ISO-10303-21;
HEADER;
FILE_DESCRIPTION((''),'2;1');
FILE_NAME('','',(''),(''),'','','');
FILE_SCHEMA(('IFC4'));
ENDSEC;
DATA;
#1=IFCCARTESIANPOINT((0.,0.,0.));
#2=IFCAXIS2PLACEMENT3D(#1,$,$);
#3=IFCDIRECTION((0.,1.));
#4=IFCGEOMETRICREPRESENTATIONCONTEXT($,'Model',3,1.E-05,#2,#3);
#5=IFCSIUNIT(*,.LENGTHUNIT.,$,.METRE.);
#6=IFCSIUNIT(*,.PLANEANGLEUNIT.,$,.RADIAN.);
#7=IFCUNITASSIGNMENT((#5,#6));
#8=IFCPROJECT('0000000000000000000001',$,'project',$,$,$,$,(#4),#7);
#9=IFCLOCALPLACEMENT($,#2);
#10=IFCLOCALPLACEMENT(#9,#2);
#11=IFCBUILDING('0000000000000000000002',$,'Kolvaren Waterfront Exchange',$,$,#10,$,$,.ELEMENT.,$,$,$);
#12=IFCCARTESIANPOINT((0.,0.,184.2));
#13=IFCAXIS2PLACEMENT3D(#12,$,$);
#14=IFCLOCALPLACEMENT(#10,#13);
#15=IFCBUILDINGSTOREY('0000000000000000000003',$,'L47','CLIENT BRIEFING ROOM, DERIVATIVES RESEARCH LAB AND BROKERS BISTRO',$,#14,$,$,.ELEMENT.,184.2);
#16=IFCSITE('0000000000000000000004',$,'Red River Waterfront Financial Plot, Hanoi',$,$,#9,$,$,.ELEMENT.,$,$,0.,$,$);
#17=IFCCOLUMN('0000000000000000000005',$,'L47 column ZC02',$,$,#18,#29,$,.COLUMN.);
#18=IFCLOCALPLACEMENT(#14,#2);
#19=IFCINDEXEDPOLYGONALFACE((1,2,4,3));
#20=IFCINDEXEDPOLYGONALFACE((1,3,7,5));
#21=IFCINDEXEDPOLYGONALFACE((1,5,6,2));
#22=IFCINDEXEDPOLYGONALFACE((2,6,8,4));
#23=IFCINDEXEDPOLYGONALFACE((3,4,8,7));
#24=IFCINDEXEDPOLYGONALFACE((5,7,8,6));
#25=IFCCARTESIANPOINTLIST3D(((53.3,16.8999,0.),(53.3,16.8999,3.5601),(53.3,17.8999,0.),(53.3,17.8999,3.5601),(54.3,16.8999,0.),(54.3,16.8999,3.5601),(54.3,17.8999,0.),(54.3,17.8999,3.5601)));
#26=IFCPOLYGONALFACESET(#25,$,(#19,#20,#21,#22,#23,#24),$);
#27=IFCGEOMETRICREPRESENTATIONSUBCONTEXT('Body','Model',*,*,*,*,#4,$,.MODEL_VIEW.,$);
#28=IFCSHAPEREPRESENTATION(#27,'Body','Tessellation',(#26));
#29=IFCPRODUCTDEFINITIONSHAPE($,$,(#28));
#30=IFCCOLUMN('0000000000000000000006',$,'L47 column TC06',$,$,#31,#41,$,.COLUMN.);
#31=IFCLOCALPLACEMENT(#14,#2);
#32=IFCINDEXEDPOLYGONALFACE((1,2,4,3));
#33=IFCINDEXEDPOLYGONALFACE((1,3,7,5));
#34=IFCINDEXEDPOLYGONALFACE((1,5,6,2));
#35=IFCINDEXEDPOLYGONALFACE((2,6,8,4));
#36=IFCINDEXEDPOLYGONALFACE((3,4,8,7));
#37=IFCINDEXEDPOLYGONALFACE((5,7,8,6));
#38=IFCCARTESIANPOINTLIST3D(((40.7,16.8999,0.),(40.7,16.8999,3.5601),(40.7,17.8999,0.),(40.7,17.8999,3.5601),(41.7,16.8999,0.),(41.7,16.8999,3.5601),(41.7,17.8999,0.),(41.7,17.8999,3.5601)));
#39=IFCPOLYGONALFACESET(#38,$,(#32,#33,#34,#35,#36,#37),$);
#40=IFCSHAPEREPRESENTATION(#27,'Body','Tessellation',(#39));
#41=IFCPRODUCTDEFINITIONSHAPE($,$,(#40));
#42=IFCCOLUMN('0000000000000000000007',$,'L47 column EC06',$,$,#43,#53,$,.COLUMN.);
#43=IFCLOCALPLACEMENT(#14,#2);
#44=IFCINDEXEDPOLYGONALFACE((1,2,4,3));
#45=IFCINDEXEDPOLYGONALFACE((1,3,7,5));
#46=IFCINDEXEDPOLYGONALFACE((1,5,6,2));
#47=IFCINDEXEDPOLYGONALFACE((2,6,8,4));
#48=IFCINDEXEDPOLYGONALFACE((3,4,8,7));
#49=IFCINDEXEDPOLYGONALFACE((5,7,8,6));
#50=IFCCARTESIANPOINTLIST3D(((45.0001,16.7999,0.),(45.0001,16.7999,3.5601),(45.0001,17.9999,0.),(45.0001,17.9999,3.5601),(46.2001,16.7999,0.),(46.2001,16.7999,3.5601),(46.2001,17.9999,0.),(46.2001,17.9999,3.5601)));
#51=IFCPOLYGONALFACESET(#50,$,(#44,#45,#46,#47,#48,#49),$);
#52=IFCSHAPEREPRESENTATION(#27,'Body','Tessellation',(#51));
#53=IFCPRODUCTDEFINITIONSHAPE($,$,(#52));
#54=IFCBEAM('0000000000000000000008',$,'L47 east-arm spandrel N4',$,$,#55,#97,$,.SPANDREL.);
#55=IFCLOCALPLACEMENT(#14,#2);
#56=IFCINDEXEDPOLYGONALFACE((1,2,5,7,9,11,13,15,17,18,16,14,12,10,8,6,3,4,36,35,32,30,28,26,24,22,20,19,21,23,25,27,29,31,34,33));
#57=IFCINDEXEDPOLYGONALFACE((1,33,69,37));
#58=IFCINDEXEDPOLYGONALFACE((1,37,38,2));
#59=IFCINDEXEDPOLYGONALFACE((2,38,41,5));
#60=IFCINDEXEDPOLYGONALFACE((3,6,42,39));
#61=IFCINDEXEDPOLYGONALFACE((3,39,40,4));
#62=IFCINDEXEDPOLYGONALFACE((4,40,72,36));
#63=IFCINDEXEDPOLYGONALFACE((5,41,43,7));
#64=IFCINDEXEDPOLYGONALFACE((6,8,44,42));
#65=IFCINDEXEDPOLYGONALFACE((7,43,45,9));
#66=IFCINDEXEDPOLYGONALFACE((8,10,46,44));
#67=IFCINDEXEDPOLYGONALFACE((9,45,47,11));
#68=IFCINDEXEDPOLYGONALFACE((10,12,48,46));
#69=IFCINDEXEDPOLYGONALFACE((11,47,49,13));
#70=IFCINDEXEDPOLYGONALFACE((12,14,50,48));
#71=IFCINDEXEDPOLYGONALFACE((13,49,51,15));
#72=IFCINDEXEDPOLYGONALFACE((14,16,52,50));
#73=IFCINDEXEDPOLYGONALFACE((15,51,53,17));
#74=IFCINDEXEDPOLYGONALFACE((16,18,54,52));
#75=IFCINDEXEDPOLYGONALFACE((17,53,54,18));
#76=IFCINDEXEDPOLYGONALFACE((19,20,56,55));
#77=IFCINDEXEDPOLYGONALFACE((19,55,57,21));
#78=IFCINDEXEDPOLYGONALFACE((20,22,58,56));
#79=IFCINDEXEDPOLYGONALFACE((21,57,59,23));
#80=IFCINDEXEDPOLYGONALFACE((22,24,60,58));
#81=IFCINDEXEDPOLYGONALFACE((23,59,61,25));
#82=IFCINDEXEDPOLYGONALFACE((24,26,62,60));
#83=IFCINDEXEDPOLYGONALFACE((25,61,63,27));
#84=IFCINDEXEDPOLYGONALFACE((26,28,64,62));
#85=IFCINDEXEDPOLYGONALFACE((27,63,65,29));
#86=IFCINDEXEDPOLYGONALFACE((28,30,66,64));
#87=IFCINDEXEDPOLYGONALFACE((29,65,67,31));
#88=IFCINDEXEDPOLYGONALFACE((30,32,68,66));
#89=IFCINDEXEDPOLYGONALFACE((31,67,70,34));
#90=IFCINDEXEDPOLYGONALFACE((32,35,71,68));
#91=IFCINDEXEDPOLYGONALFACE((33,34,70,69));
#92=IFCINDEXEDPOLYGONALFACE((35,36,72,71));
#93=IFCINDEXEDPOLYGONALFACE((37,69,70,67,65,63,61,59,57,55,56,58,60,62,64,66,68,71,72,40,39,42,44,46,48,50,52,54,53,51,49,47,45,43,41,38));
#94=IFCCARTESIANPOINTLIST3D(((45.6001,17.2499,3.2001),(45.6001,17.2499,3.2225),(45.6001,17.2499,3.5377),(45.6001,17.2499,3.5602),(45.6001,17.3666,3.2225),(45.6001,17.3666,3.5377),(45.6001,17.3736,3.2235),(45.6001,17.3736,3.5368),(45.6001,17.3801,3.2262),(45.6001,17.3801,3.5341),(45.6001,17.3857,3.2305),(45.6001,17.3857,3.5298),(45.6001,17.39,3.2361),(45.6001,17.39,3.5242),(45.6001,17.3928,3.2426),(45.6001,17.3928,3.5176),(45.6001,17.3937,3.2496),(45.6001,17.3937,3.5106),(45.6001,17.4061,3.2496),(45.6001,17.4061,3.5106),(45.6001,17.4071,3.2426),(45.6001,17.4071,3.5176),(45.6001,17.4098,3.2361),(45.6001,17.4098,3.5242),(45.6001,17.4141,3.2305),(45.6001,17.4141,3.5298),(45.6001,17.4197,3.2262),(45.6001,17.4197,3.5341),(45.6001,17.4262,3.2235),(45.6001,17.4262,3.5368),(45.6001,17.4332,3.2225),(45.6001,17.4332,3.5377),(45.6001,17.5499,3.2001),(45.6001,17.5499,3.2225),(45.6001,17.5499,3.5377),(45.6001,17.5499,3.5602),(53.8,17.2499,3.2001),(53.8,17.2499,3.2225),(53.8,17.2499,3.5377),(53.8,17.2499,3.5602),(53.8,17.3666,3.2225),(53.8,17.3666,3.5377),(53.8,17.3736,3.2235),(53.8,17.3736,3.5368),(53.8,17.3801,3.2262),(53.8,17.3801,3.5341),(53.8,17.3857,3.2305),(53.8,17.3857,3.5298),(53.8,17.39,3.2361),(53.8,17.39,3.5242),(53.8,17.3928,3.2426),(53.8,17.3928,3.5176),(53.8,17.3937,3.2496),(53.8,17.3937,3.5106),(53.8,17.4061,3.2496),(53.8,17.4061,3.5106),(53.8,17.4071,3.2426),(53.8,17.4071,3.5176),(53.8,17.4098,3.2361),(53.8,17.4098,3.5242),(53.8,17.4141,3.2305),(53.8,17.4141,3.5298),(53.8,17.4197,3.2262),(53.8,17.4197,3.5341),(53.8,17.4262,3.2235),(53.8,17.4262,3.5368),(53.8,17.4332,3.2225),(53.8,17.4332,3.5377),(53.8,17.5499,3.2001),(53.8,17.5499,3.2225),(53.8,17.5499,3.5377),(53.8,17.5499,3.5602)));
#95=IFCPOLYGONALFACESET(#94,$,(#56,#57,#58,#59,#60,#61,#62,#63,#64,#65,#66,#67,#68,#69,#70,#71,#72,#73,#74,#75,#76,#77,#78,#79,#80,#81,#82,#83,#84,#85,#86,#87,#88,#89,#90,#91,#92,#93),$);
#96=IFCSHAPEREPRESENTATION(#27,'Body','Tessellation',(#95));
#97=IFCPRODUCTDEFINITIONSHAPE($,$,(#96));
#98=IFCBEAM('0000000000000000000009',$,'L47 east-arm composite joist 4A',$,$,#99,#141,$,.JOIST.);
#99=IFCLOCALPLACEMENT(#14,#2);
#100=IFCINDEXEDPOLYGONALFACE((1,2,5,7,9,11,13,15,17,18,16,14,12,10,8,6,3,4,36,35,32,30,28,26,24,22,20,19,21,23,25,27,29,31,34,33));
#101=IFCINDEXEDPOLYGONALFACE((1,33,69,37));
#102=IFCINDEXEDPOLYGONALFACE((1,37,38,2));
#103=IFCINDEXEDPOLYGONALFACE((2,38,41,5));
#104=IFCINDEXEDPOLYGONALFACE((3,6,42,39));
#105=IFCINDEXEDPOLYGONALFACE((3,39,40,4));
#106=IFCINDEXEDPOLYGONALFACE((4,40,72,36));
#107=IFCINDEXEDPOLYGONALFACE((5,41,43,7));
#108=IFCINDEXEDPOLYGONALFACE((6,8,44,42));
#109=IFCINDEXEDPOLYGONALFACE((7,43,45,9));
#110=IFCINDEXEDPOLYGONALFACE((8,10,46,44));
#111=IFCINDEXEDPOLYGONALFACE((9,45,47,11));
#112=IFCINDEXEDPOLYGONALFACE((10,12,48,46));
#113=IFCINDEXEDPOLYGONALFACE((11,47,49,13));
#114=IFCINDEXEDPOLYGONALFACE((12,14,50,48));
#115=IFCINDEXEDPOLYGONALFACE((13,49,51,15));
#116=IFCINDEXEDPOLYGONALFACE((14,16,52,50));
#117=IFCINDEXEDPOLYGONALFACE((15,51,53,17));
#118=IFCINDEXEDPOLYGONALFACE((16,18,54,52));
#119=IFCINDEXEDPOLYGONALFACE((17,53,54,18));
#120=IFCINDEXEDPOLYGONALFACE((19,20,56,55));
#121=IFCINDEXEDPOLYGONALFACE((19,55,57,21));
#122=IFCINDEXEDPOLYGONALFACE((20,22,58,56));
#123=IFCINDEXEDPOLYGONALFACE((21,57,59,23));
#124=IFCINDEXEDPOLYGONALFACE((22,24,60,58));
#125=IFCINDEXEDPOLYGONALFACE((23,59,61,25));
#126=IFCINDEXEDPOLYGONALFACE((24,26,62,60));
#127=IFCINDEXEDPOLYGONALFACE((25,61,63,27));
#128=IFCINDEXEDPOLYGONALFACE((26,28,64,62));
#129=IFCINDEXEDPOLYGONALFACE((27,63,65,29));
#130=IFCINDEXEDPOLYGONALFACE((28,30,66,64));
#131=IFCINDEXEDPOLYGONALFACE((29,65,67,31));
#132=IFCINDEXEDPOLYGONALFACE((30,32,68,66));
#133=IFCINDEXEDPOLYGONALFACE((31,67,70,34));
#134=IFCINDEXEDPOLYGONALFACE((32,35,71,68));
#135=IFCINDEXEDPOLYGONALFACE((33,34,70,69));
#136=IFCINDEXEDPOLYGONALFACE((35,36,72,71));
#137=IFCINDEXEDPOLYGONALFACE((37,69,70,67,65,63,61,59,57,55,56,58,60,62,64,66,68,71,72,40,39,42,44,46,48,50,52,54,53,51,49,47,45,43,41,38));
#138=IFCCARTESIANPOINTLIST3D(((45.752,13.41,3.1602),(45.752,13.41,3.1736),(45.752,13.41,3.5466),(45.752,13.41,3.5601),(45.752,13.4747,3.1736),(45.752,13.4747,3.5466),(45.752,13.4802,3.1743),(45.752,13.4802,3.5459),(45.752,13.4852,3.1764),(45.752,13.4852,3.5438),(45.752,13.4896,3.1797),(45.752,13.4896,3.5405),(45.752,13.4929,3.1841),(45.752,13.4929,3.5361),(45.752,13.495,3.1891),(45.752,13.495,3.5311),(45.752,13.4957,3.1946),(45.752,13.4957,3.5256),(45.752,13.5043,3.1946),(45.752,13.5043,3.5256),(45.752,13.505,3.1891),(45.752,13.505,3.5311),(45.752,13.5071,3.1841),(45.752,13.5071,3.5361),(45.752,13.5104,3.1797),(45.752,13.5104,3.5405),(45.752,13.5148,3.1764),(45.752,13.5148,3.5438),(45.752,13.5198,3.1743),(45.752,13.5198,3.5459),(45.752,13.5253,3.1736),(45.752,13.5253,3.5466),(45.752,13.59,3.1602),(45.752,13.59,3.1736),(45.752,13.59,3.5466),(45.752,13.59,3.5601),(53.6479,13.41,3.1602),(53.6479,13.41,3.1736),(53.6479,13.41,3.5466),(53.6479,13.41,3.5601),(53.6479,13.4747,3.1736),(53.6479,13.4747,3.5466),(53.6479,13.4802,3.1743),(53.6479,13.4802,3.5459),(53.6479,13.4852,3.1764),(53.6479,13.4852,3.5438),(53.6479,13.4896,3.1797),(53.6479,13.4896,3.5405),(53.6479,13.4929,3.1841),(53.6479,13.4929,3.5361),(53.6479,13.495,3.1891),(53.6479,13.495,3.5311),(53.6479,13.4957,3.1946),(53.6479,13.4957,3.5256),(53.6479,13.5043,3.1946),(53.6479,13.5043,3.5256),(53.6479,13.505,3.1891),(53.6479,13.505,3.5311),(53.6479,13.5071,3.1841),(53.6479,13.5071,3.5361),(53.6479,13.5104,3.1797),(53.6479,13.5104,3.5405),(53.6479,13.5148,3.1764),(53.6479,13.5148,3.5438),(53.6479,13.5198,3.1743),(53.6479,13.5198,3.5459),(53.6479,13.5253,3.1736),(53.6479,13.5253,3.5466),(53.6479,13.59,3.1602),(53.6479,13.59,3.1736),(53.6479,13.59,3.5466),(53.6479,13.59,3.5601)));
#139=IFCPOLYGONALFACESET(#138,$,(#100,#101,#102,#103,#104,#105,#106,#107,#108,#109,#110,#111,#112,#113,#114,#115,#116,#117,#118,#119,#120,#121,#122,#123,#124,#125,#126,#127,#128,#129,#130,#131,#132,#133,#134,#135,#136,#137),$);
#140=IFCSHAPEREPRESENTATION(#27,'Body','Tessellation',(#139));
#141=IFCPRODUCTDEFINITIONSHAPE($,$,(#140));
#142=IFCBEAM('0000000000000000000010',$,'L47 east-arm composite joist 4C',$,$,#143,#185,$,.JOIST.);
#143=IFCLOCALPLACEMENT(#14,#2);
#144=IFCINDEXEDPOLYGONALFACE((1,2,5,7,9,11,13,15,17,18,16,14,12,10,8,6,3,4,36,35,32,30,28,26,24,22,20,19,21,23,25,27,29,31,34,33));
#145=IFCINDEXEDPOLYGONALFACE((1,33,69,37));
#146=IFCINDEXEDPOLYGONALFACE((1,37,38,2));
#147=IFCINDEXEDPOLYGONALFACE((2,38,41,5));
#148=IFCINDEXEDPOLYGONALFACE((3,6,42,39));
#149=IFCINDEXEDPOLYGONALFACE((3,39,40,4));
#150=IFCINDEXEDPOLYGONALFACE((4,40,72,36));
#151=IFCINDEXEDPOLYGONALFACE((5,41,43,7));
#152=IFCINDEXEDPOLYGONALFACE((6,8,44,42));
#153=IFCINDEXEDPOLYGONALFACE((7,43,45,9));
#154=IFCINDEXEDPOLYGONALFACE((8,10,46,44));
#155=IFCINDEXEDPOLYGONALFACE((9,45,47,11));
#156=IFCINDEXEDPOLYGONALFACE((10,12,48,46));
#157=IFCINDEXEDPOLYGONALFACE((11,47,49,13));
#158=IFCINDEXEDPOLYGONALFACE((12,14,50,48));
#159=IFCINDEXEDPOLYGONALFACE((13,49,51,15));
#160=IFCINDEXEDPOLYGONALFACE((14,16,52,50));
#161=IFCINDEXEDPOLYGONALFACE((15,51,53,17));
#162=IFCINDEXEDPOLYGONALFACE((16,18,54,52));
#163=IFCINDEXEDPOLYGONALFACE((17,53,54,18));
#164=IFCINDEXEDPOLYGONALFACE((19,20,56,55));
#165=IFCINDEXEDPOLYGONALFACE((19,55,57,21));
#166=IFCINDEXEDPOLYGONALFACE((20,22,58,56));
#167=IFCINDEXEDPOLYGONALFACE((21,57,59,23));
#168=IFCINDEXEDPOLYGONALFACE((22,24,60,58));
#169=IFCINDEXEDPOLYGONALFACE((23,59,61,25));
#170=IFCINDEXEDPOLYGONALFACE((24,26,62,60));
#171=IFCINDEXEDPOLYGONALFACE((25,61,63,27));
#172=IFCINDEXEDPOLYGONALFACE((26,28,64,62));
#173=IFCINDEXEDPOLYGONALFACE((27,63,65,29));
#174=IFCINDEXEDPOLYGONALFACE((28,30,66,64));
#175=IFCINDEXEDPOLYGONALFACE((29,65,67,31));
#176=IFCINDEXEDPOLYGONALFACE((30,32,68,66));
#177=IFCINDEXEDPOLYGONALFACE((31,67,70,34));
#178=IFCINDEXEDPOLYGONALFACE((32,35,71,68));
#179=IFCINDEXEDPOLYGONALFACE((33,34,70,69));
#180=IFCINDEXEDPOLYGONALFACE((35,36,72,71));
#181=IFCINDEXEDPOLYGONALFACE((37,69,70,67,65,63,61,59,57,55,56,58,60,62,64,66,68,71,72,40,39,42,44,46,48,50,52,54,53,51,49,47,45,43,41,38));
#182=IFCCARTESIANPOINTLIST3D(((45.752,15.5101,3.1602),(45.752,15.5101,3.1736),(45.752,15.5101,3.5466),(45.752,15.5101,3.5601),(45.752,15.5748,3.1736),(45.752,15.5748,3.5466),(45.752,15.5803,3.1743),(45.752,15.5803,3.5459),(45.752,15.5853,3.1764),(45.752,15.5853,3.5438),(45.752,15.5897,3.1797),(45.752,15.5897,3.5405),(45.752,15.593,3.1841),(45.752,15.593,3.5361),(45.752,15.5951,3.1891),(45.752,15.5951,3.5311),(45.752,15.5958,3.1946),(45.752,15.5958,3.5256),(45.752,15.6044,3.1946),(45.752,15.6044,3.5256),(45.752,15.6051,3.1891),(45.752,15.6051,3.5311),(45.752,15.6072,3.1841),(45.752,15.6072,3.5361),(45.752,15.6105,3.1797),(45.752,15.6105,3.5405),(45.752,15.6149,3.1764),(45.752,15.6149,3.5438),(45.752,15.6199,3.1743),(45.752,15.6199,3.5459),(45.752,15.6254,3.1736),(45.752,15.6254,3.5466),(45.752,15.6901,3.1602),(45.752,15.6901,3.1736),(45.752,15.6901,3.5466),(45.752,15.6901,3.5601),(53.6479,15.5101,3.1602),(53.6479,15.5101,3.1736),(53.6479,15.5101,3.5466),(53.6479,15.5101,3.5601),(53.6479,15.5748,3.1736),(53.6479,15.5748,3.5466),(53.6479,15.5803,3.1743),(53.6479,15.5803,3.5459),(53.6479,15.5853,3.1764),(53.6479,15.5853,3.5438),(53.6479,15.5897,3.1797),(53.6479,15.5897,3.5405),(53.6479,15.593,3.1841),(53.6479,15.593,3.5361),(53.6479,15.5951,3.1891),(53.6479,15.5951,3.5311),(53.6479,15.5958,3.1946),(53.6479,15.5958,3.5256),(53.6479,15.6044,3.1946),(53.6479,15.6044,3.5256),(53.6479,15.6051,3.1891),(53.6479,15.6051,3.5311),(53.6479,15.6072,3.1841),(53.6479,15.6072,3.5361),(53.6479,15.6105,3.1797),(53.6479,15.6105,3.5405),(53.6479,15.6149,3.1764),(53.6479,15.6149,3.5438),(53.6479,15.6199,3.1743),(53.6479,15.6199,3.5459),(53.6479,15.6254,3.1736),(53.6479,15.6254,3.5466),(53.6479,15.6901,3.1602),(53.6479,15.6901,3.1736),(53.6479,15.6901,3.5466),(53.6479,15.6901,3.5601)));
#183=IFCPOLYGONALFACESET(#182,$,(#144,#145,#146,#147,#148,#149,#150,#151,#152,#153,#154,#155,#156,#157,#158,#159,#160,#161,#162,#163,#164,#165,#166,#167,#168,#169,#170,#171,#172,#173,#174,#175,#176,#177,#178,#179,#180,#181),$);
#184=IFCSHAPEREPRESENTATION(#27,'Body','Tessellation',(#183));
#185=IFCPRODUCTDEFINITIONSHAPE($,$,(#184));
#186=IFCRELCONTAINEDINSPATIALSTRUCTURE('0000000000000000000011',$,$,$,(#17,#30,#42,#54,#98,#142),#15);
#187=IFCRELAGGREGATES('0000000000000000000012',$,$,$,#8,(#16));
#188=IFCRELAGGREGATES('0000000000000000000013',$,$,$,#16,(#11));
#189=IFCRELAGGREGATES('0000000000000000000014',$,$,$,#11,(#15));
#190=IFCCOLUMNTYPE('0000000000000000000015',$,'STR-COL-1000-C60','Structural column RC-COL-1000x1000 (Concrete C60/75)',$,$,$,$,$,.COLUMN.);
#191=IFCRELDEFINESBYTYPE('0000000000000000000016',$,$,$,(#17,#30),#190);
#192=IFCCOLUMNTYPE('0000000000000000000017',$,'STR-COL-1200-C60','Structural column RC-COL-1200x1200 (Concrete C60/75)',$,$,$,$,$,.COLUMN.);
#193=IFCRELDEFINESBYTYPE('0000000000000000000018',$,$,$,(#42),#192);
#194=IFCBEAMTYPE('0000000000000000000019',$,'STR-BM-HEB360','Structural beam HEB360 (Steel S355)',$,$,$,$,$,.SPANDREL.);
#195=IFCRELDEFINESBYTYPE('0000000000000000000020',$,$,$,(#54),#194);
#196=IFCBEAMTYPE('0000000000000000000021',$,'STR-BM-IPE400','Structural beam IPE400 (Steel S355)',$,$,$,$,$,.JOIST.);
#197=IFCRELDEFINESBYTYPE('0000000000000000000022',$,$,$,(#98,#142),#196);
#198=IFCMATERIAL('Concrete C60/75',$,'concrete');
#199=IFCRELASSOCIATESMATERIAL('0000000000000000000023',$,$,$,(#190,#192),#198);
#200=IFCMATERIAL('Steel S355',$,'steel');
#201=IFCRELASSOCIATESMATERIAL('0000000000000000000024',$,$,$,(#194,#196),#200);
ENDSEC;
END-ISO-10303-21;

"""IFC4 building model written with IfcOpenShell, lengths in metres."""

from ifc_helpers import new_model, si_unit, direction, frame, origin, origin_2d, place, context, subcontext, project, spatial, rectangle, i_section, extrude, material, material_profile, profile_set, type_object, element, save


model = new_model("IFC4")

# Units and contexts
model_context = context("Model", 3, precision=1e-05, world=origin(), true_north=direction((0.0, 1.0)))
body_context = subcontext(model_context, "Body", "Model", "MODEL_VIEW")
ifc_project = project(units=[si_unit("LENGTHUNIT", "METRE"), si_unit("PLANEANGLEUNIT", "RADIAN")], contexts=[model_context])

# Site, building, storey
site_placement = place(None, origin())
site = spatial("IfcSite", under=ifc_project, at=site_placement, Name="Red River Waterfront Financial Plot, Hanoi", CompositionType="ELEMENT", RefElevation=0.0)
building_placement = place(site_placement, origin())
building = spatial("IfcBuilding", under=site, at=building_placement, Name="Kolvaren Waterfront Exchange", CompositionType="ELEMENT")
storey_placement = place(building_placement, frame((0.0, 0.0, 184.2)))
storey = spatial("IfcBuildingStorey", under=building, at=storey_placement, Name="L47", Description="CLIENT BRIEFING ROOM, DERIVATIVES RESEARCH LAB AND BROKERS BISTRO", CompositionType="ELEMENT", Elevation=184.2)

# Columns
ifc_material_1 = material(Name="Concrete C60/75", Category="concrete")
ifc_material_profile_1 = material_profile(ifc_material_1, rectangle(XDim=1.0, YDim=1.0, at=origin_2d()), Name="RC-COL-1000x1000")
ifc_profile_set_1 = profile_set([ifc_material_profile_1], Name="Concrete C60/75")
column_type_1 = type_object("IfcColumnType", Name="STR-COL-1000-C60", Description="Structural column RC-COL-1000x1000 (Concrete C60/75)", PredefinedType="COLUMN", material=ifc_profile_set_1)
for number, where, z_axis, x_axis, name in (
    (1, (53.8, 17.3999, 0.0), (0.0, 0.0, 1.0), (1.0, 0.0, 0.0), "L47 column ZC02"),
    (2, (41.2, 17.3999, 0.0), (0.0, 0.0, 1.0), (1.0, 0.0, 0.0), "L47 column TC06"),
):
    element("IfcColumn", number, at=place(storey_placement, frame(where, z_axis=z_axis, x_axis=x_axis)), inside=storey, type_object=column_type_1, Name=name, PredefinedType="COLUMN", context=body_context, shape_type="SweptSolid", body=[
        extrude(rectangle(XDim=1.0, YDim=1.0, at=origin_2d()), origin(), (0.0, 0.0, 1.0), 3.5601),
    ])
ifc_material_profile_2 = material_profile(ifc_material_1, rectangle(XDim=1.2, YDim=1.2, at=origin_2d()), Name="RC-COL-1200x1200")
ifc_profile_set_2 = profile_set([ifc_material_profile_2], Name="Concrete C60/75")
column_type_2 = type_object("IfcColumnType", Name="STR-COL-1200-C60", Description="Structural column RC-COL-1200x1200 (Concrete C60/75)", PredefinedType="COLUMN", material=ifc_profile_set_2)
column_placement = place(storey_placement, frame((45.6001, 17.3999, 0.0), z_axis=(0.0, 0.0, 1.0), x_axis=(1.0, 0.0, 0.0)))
element("IfcColumn", 3, at=column_placement, inside=storey, type_object=column_type_2, Name="L47 column EC06", PredefinedType="COLUMN", context=body_context, shape_type="SweptSolid", body=[
    extrude(rectangle(XDim=1.2, YDim=1.2, at=origin_2d()), origin(), (0.0, 0.0, 1.0), 3.5601),
])

# Beams
ifc_material_2 = material(Name="Steel S355", Category="steel")
ifc_material_profile_3 = material_profile(ifc_material_2, i_section(OverallWidth=0.3, OverallDepth=0.3601, WebThickness=0.0125, FlangeThickness=0.0225, FilletRadius=0.0271, at=origin_2d()), Name="HEB360")
ifc_profile_set_3 = profile_set([ifc_material_profile_3], Name="Steel S355")
beam_type_1 = type_object("IfcBeamType", Name="STR-BM-HEB360", Description="Structural beam HEB360 (Steel S355)", PredefinedType="SPANDREL", material=ifc_profile_set_3)
beam_placement = place(storey_placement, frame((45.6001, 17.3999, 3.3801), z_axis=(1.0, 0.0, 0.0), x_axis=(0.0, 1.0, 0.0)))
element("IfcBeam", 4, at=beam_placement, inside=storey, type_object=beam_type_1, Name="L47 east-arm spandrel N4", PredefinedType="SPANDREL", context=body_context, shape_type="SweptSolid", body=[
    extrude(i_section(OverallWidth=0.3, OverallDepth=0.3601, WebThickness=0.0125, FlangeThickness=0.0225, FilletRadius=0.0271, at=origin_2d()), origin(), (0.0, 0.0, 1.0), 8.2),
])
ifc_material_profile_4 = material_profile(ifc_material_2, i_section(OverallWidth=0.1799, OverallDepth=0.3999, WebThickness=0.0085, FlangeThickness=0.0134, FilletRadius=0.021, at=origin_2d()), Name="IPE400")
ifc_profile_set_4 = profile_set([ifc_material_profile_4], Name="Steel S355")
beam_type_2 = type_object("IfcBeamType", Name="STR-BM-IPE400", Description="Structural beam IPE400 (Steel S355)", PredefinedType="JOIST", material=ifc_profile_set_4)
for number, where, z_axis, x_axis, name in (
    (5, (45.752, 13.5, 3.3601), (1.0, 0.0, 0.0), (0.0, 1.0, 0.0), "L47 east-arm composite joist 4A"),
    (6, (45.752, 15.6001, 3.3601), (1.0, 0.0, 0.0), (0.0, 1.0, 0.0), "L47 east-arm composite joist 4C"),
):
    element("IfcBeam", number, at=place(storey_placement, frame(where, z_axis=z_axis, x_axis=x_axis)), inside=storey, type_object=beam_type_2, Name=name, PredefinedType="JOIST", context=body_context, shape_type="SweptSolid", body=[
        extrude(i_section(OverallWidth=0.1799, OverallDepth=0.3999, WebThickness=0.0085, FlangeThickness=0.0134, FilletRadius=0.021, at=origin_2d()), origin(), (0.0, 0.0, 1.0), 7.896),
    ])

save(model, "model.ifc")
